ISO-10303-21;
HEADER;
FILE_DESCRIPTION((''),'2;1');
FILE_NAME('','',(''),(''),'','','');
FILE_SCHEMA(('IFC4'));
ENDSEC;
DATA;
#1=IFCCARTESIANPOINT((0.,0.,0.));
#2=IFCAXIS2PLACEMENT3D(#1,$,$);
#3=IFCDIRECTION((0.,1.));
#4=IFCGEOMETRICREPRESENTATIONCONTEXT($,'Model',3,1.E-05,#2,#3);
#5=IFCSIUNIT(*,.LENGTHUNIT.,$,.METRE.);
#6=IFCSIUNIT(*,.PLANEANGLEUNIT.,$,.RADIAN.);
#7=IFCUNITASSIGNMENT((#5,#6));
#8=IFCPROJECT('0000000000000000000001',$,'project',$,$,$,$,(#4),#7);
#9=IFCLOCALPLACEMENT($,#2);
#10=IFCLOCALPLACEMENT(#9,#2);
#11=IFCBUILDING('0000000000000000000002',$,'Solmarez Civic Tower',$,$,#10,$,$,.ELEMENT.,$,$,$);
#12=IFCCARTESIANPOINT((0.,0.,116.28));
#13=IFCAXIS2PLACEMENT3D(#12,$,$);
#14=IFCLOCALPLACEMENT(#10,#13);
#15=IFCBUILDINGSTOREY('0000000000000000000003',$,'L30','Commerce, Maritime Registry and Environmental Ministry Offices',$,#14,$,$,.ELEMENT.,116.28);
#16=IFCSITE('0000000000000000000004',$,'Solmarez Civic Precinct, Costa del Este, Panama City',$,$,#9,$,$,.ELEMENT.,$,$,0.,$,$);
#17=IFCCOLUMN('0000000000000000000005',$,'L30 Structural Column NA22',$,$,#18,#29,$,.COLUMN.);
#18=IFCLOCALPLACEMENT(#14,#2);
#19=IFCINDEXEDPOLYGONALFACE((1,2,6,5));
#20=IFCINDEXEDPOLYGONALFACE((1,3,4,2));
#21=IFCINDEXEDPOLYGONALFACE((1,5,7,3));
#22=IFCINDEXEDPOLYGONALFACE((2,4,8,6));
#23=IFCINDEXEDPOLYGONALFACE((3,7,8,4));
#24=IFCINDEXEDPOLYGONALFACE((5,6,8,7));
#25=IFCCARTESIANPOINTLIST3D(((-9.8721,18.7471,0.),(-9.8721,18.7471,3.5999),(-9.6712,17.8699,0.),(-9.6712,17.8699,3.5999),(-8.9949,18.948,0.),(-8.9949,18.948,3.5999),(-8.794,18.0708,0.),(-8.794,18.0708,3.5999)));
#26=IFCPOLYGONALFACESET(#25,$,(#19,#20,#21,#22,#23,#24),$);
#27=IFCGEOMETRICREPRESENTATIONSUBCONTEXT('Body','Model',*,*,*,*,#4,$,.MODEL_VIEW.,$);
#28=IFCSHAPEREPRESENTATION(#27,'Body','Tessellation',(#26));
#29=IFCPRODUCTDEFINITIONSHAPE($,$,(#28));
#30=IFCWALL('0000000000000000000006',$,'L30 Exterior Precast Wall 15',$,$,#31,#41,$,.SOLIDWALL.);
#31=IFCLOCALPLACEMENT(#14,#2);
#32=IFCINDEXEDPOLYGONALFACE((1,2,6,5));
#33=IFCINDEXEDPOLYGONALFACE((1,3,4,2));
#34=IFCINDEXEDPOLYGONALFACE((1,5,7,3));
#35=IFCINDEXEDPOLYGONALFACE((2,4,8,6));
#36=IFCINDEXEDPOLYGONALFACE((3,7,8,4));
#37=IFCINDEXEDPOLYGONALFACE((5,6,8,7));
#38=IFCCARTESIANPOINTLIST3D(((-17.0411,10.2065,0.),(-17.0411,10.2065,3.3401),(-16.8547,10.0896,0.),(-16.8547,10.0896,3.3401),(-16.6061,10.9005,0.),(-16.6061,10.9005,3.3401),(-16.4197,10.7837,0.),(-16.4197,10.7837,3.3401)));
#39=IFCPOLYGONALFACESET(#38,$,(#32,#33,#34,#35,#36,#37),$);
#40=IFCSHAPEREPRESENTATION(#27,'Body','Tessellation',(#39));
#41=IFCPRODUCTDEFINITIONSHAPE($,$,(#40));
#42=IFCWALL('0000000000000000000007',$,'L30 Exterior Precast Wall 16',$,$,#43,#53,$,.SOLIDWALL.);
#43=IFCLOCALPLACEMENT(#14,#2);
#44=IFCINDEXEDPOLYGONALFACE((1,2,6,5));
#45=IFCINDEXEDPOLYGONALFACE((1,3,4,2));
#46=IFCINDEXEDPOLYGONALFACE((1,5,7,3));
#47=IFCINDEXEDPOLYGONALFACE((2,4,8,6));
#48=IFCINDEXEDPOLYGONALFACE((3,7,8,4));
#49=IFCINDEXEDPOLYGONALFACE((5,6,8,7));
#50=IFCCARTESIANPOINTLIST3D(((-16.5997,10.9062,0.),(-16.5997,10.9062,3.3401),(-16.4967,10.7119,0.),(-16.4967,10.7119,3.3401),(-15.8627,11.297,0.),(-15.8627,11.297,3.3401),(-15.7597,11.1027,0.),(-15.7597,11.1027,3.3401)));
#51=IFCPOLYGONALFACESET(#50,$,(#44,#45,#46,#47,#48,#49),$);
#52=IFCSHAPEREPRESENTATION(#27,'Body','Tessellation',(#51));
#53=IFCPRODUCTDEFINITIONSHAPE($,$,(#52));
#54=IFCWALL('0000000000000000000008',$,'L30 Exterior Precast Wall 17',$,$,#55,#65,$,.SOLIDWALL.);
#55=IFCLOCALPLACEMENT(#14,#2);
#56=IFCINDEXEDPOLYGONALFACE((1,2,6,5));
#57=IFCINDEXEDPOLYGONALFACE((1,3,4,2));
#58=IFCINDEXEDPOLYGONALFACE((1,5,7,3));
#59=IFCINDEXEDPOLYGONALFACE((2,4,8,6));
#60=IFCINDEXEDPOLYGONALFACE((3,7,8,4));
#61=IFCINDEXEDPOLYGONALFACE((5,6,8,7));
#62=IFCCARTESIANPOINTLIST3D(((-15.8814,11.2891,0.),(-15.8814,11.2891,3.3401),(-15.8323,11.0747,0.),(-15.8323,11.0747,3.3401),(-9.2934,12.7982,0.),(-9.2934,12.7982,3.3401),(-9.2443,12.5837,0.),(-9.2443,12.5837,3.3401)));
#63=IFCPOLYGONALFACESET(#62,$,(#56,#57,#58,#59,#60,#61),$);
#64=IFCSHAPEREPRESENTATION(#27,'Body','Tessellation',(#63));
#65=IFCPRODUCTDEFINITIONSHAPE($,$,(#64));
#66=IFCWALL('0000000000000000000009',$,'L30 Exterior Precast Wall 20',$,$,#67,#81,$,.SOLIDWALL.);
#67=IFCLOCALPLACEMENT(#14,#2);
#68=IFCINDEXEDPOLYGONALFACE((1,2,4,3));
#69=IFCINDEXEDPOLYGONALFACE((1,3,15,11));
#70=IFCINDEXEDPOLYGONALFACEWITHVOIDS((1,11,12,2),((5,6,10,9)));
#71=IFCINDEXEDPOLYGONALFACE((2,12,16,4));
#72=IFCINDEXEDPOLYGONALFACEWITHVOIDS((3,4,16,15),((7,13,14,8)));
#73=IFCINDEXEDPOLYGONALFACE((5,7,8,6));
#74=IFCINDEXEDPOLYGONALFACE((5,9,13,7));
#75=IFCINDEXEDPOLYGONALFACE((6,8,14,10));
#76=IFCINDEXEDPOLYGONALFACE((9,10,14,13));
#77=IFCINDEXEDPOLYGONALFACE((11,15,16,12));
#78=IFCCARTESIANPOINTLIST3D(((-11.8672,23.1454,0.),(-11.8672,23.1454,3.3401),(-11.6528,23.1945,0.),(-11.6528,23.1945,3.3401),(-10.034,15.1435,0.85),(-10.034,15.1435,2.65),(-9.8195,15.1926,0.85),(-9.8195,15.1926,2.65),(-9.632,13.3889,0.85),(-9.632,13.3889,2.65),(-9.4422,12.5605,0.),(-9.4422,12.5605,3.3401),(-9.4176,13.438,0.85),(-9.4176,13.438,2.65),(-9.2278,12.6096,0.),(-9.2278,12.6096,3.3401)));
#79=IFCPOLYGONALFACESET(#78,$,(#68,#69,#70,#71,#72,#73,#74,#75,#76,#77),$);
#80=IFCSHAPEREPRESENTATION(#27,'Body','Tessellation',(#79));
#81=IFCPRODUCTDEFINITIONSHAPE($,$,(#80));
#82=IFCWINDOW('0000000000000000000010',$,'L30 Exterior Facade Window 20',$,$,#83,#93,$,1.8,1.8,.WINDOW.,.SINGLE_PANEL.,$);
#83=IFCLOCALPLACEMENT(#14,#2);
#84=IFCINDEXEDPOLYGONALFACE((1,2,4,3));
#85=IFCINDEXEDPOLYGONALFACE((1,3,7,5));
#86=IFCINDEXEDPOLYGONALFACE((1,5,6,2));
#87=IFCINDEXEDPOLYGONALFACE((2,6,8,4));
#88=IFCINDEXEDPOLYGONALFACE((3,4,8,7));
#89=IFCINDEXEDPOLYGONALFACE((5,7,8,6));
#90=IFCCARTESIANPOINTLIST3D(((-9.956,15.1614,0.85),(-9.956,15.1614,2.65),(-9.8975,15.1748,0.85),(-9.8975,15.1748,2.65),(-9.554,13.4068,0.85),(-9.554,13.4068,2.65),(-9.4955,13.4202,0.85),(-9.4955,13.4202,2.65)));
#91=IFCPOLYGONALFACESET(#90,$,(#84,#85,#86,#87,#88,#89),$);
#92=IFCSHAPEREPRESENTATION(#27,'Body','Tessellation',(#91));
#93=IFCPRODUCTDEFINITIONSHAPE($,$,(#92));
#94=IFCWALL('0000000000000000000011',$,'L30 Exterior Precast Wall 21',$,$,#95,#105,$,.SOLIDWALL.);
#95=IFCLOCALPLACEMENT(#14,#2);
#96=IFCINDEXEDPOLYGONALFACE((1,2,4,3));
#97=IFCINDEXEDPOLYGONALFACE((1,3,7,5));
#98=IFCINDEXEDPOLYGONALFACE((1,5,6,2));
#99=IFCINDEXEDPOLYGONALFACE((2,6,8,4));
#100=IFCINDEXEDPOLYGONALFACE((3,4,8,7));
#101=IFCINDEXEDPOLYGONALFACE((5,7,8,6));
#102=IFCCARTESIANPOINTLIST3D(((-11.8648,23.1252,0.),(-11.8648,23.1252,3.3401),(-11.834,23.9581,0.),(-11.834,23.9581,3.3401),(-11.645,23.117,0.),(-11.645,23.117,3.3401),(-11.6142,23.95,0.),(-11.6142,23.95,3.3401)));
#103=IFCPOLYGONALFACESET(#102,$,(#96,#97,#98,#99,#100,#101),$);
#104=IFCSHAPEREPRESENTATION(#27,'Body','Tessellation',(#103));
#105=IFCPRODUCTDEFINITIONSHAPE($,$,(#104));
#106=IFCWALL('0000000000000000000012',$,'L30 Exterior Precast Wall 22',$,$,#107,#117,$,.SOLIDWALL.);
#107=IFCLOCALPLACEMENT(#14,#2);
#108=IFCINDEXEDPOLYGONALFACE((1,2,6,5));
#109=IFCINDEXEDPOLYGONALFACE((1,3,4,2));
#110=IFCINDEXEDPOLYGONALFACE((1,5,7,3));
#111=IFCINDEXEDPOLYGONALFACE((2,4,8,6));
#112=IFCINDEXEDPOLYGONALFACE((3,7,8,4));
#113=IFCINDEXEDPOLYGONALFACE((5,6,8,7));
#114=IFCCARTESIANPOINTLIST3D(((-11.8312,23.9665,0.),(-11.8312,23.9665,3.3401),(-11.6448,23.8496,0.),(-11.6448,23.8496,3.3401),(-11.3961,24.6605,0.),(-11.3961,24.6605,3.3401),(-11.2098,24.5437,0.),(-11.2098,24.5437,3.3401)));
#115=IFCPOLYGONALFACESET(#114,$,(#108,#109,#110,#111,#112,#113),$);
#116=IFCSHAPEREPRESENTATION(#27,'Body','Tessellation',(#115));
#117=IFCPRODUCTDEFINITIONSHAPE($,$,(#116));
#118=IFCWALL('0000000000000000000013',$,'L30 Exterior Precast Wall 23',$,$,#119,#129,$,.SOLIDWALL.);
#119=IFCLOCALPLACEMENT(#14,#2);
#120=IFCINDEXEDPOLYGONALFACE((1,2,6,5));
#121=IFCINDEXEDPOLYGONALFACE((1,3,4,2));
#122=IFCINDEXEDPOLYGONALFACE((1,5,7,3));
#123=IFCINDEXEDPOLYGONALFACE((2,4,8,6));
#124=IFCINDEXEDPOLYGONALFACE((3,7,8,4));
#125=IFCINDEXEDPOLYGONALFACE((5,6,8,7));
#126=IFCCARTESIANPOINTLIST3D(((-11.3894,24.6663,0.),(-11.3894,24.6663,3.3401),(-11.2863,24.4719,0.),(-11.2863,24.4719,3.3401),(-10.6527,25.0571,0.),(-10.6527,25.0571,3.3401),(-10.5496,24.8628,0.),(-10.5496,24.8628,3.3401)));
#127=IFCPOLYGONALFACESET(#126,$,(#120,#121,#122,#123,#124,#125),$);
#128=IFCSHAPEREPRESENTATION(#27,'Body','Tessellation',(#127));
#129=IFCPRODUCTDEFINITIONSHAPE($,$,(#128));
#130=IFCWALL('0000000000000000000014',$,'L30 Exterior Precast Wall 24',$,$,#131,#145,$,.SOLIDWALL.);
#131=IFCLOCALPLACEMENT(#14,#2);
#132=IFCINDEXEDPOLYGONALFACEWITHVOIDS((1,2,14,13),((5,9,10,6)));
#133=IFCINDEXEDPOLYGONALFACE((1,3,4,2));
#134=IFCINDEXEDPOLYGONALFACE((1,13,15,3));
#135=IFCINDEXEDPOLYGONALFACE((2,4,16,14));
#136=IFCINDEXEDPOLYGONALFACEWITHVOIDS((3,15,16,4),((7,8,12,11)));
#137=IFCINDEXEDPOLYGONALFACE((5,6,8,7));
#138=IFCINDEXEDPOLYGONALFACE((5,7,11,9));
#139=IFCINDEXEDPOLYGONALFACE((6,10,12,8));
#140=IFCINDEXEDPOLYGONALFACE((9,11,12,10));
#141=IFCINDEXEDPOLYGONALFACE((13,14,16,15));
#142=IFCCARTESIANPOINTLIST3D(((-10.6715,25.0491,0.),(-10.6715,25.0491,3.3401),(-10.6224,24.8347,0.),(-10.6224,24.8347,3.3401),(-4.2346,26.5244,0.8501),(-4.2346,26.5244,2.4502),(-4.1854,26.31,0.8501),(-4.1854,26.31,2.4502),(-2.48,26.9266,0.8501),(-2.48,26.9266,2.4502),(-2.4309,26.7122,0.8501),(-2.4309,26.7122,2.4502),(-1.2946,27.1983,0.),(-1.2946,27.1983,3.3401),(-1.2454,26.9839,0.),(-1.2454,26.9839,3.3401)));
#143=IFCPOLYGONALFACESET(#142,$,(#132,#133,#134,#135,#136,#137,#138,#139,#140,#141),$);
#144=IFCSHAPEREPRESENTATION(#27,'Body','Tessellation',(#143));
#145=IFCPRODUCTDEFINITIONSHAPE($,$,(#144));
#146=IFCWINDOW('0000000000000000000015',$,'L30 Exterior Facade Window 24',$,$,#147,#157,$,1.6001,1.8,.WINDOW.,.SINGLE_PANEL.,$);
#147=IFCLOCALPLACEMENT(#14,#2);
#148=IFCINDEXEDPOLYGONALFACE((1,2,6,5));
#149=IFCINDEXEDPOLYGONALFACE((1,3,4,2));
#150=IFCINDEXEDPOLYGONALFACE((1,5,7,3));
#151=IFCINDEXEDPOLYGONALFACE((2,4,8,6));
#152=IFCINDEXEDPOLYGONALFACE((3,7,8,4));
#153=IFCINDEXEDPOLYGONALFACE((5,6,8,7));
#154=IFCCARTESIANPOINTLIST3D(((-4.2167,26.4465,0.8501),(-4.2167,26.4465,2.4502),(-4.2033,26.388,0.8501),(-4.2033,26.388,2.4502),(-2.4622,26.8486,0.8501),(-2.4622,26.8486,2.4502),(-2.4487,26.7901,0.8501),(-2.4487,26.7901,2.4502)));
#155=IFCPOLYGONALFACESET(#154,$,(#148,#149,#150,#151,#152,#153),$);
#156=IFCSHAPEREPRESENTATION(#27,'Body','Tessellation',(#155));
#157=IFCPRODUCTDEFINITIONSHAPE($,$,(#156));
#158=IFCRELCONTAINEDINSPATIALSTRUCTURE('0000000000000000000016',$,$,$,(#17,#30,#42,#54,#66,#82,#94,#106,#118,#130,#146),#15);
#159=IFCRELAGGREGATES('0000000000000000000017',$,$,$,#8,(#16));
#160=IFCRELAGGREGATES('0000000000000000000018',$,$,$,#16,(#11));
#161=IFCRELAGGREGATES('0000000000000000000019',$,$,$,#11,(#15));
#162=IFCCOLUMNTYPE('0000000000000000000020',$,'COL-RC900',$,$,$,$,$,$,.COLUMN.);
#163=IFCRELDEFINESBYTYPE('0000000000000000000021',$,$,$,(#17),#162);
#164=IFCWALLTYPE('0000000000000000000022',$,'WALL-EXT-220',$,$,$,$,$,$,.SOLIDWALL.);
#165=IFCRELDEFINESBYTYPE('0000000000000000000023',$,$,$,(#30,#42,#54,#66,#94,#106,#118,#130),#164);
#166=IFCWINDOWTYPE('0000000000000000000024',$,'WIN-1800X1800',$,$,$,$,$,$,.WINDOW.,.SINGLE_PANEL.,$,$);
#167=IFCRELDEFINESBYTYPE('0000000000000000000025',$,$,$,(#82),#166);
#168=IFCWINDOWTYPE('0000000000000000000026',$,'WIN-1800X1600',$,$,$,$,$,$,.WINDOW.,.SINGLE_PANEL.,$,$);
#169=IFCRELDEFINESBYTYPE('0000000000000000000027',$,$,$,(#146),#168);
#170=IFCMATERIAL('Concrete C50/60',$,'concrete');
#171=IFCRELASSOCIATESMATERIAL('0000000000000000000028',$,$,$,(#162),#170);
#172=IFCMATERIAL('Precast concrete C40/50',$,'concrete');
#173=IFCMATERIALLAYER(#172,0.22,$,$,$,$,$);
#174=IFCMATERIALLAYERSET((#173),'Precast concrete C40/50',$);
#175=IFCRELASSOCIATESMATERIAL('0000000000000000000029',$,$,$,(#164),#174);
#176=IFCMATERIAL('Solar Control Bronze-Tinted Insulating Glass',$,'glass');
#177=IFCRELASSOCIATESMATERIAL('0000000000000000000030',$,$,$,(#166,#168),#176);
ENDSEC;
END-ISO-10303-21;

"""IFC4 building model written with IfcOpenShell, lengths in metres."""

from ifc_helpers import new_model, si_unit, direction, frame, frame_2d, origin, origin_2d, place, context, subcontext, project, spatial, rectangle, extrude, material, layer, layer_set, material_profile, profile_set, type_object, element, fill, save


model = new_model("IFC4")

# Units and contexts
model_context = context("Model", 3, precision=1e-05, world=origin(), true_north=direction((0.0, 1.0)))
body_context = subcontext(model_context, "Body", "Model", "MODEL_VIEW")
ifc_project = project(units=[si_unit("LENGTHUNIT", "METRE"), si_unit("PLANEANGLEUNIT", "RADIAN")], contexts=[model_context])

# Site, building, storey
site_placement = place(None, origin())
site = spatial("IfcSite", under=ifc_project, at=site_placement, Name="Solmarez Civic Precinct, Costa del Este, Panama City", CompositionType="ELEMENT", RefElevation=0.0)
building_placement = place(site_placement, origin())
building = spatial("IfcBuilding", under=site, at=building_placement, Name="Solmarez Civic Tower", CompositionType="ELEMENT")
storey_placement = place(building_placement, frame((0.0, 0.0, 116.28)))
storey = spatial("IfcBuildingStorey", under=building, at=storey_placement, Name="L30", Description="Commerce, Maritime Registry and Environmental Ministry Offices", CompositionType="ELEMENT", Elevation=116.28)

# Column
ifc_material_1 = material(Name="Concrete C50/60", Category="concrete")
ifc_material_profile = material_profile(ifc_material_1, rectangle(XDim=0.8999, YDim=0.8999, at=origin_2d()), Name="RC900X900")
ifc_profile_set = profile_set([ifc_material_profile], Name="Concrete C50/60")
column_type = type_object("IfcColumnType", Name="COL-RC900", PredefinedType="COLUMN", material=ifc_profile_set)
column_placement = place(storey_placement, frame((-9.333, 18.4089, 0.0), z_axis=(0.0, 0.0, 1.0), x_axis=(0.974761, 0.22325, 0.0)))
element("IfcColumn", 1, at=column_placement, inside=storey, type_object=column_type, Name="L30 Structural Column NA22", PredefinedType="COLUMN", context=body_context, shape_type="SweptSolid", body=[
    extrude(rectangle(XDim=0.8999, YDim=0.8999, at=origin_2d()), origin(), (0.0, 0.0, 1.0), 3.5999),
])

# Walls
ifc_material_2 = material(Name="Precast concrete C40/50", Category="concrete")
ifc_layer_1 = layer(ifc_material_2, 0.22)
ifc_layer_set_1 = layer_set([ifc_layer_1], Name="Precast concrete C40/50")
wall_type_1 = type_object("IfcWallType", Name="WALL-EXT-220", PredefinedType="SOLIDWALL", material=ifc_layer_set_1)
wall_1_placement = place(storey_placement, frame((-16.948, 10.1479, 0.0), z_axis=(0.0, 0.0, 1.0), x_axis=(0.531097, 0.847311, 0.0)))
element("IfcWall", 2, at=wall_1_placement, inside=storey, type_object=wall_type_1, Name="L30 Exterior Precast Wall 15", PredefinedType="SOLIDWALL", context=body_context, shape_type="SweptSolid", body=[
    extrude(rectangle(XDim=0.8191, YDim=0.22, at=frame_2d((0.4097, 0.0))), origin(), (0.0, 0.0, 1.0), 3.3401),
])
wall_2_placement = place(storey_placement, frame((-16.5481, 10.8091, 0.0), z_axis=(0.0, 0.0, 1.0), x_axis=(0.88346, 0.468506, 0.0)))
element("IfcWall", 3, at=wall_2_placement, inside=storey, type_object=wall_type_1, Name="L30 Exterior Precast Wall 16", PredefinedType="SOLIDWALL", context=body_context, shape_type="SweptSolid", body=[
    extrude(rectangle(XDim=0.8342, YDim=0.22, at=frame_2d((0.417, 0.0))), origin(), (0.0, 0.0, 1.0), 3.3401),
])
wall_3_placement = place(storey_placement, frame((-15.8569, 11.1819, 0.0), z_axis=(0.0, 0.0, 1.0), x_axis=(0.974755, 0.223279, 0.0)))
element("IfcWall", 4, at=wall_3_placement, inside=storey, type_object=wall_type_1, Name="L30 Exterior Precast Wall 17", PredefinedType="SOLIDWALL", context=body_context, shape_type="SweptSolid", body=[
    extrude(rectangle(XDim=6.7585, YDim=0.22, at=frame_2d((3.3794, 0.0))), origin(), (0.0, 0.0, 1.0), 3.3401),
])

# Wall, opening, window
wall_4_placement = place(storey_placement, frame((-9.335, 12.585, 0.0), z_axis=(0.0, 0.0, 1.0), x_axis=(-0.223317, 0.974746, 0.0)))
wall_4 = element("IfcWall", 5, at=wall_4_placement, inside=storey, type_object=wall_type_1, Name="L30 Exterior Precast Wall 20", PredefinedType="SOLIDWALL", context=body_context, shape_type="SweptSolid", body=[
    extrude(rectangle(XDim=10.8591, YDim=0.22, at=frame_2d((5.4297, 0.0))), origin(), (0.0, 0.0, 1.0), 3.3401),
])
opening_1_placement = place(wall_4_placement, frame((0.8501, 0.0, 0.8501)))
opening_1 = element("IfcOpeningElement", 6, at=opening_1_placement, cuts=wall_4, PredefinedType="OPENING", context=body_context, shape_type="SweptSolid", body=[
    extrude(rectangle(XDim=1.8, YDim=1.8, at=frame_2d((0.8999, 0.8999))), frame((0.0, 0.1199, 0.0), z_axis=(0.0, -1.0, 0.0), x_axis=(1.0, 0.0, 0.0)), (0.0, 0.0, 1.0), 0.24),
])
ifc_material_3 = material(Name="Solar Control Bronze-Tinted Insulating Glass", Category="glass")
window_type_1 = type_object("IfcWindowType", Name="WIN-1800X1800", PartitioningType="SINGLE_PANEL", PredefinedType="WINDOW", material=ifc_material_3)
window_1_placement = place(opening_1_placement, origin())
window_1 = element("IfcWindow", 7, at=window_1_placement, inside=storey, type_object=window_type_1, Name="L30 Exterior Facade Window 20", OverallHeight=1.8, OverallWidth=1.8, PartitioningType="SINGLE_PANEL", PredefinedType="WINDOW", context=body_context, shape_type="SweptSolid", body=[
    extrude(rectangle(XDim=1.8, YDim=1.8, at=frame_2d((0.8999, 0.8999))), frame((0.0, 0.03, 0.0), z_axis=(0.0, -1.0, 0.0), x_axis=(1.0, 0.0, 0.0)), (0.0, 0.0, 1.0), 0.0601),
])
fill(opening_1, window_1)

# Walls
wall_5_placement = place(storey_placement, frame((-11.7549, 23.1211, 0.0), z_axis=(0.0, 0.0, 1.0), x_axis=(0.036903, 0.999319, 0.0)))
element("IfcWall", 8, at=wall_5_placement, inside=storey, type_object=wall_type_1, Name="L30 Exterior Precast Wall 21", PredefinedType="SOLIDWALL", context=body_context, shape_type="SweptSolid", body=[
    extrude(rectangle(XDim=0.8335, YDim=0.22, at=frame_2d((0.4167, 0.0))), origin(), (0.0, 0.0, 1.0), 3.3401),
])
wall_6_placement = place(storey_placement, frame((-11.738, 23.908, 0.0), z_axis=(0.0, 0.0, 1.0), x_axis=(0.531097, 0.847311, 0.0)))
element("IfcWall", 9, at=wall_6_placement, inside=storey, type_object=wall_type_1, Name="L30 Exterior Precast Wall 22", PredefinedType="SOLIDWALL", context=body_context, shape_type="SweptSolid", body=[
    extrude(rectangle(XDim=0.8191, YDim=0.22, at=frame_2d((0.4097, 0.0))), origin(), (0.0, 0.0, 1.0), 3.3401),
])
wall_7_placement = place(storey_placement, frame((-11.3379, 24.5691, 0.0), z_axis=(0.0, 0.0, 1.0), x_axis=(0.883396, 0.468627, 0.0)))
element("IfcWall", 10, at=wall_7_placement, inside=storey, type_object=wall_type_1, Name="L30 Exterior Precast Wall 23", PredefinedType="SOLIDWALL", context=body_context, shape_type="SweptSolid", body=[
    extrude(rectangle(XDim=0.834, YDim=0.22, at=frame_2d((0.417, 0.0))), origin(), (0.0, 0.0, 1.0), 3.3401),
])

# Wall, opening, window
wall_8_placement = place(storey_placement, frame((-10.647, 24.9419, 0.0), z_axis=(0.0, 0.0, 1.0), x_axis=(0.974726, 0.223404, 0.0)))
wall_8 = element("IfcWall", 11, at=wall_8_placement, inside=storey, type_object=wall_type_1, Name="L30 Exterior Precast Wall 24", PredefinedType="SOLIDWALL", context=body_context, shape_type="SweptSolid", body=[
    extrude(rectangle(XDim=9.6201, YDim=0.22, at=frame_2d((4.8101, 0.0))), origin(), (0.0, 0.0, 1.0), 3.3401),
])
opening_2_placement = place(wall_8_placement, frame((6.604, 0.0, 0.8501)))
opening_2 = element("IfcOpeningElement", 12, at=opening_2_placement, cuts=wall_8, PredefinedType="OPENING", context=body_context, shape_type="SweptSolid", body=[
    extrude(rectangle(XDim=1.8, YDim=1.6001, at=frame_2d((0.8999, 0.8))), frame((0.0, 0.1199, 0.0), z_axis=(0.0, -1.0, 0.0), x_axis=(1.0, 0.0, 0.0)), (0.0, 0.0, 1.0), 0.24),
])
window_type_2 = type_object("IfcWindowType", Name="WIN-1800X1600", PartitioningType="SINGLE_PANEL", PredefinedType="WINDOW", material=ifc_material_3)
window_2_placement = place(opening_2_placement, origin())
window_2 = element("IfcWindow", 13, at=window_2_placement, inside=storey, type_object=window_type_2, Name="L30 Exterior Facade Window 24", OverallHeight=1.6001, OverallWidth=1.8, PartitioningType="SINGLE_PANEL", PredefinedType="WINDOW", context=body_context, shape_type="SweptSolid", body=[
    extrude(rectangle(XDim=1.8, YDim=1.6001, at=frame_2d((0.8999, 0.8))), frame((0.0, 0.03, 0.0), z_axis=(0.0, -1.0, 0.0), x_axis=(1.0, 0.0, 0.0)), (0.0, 0.0, 1.0), 0.0601),
])
fill(opening_2, window_2)

save(model, "model.ifc")
